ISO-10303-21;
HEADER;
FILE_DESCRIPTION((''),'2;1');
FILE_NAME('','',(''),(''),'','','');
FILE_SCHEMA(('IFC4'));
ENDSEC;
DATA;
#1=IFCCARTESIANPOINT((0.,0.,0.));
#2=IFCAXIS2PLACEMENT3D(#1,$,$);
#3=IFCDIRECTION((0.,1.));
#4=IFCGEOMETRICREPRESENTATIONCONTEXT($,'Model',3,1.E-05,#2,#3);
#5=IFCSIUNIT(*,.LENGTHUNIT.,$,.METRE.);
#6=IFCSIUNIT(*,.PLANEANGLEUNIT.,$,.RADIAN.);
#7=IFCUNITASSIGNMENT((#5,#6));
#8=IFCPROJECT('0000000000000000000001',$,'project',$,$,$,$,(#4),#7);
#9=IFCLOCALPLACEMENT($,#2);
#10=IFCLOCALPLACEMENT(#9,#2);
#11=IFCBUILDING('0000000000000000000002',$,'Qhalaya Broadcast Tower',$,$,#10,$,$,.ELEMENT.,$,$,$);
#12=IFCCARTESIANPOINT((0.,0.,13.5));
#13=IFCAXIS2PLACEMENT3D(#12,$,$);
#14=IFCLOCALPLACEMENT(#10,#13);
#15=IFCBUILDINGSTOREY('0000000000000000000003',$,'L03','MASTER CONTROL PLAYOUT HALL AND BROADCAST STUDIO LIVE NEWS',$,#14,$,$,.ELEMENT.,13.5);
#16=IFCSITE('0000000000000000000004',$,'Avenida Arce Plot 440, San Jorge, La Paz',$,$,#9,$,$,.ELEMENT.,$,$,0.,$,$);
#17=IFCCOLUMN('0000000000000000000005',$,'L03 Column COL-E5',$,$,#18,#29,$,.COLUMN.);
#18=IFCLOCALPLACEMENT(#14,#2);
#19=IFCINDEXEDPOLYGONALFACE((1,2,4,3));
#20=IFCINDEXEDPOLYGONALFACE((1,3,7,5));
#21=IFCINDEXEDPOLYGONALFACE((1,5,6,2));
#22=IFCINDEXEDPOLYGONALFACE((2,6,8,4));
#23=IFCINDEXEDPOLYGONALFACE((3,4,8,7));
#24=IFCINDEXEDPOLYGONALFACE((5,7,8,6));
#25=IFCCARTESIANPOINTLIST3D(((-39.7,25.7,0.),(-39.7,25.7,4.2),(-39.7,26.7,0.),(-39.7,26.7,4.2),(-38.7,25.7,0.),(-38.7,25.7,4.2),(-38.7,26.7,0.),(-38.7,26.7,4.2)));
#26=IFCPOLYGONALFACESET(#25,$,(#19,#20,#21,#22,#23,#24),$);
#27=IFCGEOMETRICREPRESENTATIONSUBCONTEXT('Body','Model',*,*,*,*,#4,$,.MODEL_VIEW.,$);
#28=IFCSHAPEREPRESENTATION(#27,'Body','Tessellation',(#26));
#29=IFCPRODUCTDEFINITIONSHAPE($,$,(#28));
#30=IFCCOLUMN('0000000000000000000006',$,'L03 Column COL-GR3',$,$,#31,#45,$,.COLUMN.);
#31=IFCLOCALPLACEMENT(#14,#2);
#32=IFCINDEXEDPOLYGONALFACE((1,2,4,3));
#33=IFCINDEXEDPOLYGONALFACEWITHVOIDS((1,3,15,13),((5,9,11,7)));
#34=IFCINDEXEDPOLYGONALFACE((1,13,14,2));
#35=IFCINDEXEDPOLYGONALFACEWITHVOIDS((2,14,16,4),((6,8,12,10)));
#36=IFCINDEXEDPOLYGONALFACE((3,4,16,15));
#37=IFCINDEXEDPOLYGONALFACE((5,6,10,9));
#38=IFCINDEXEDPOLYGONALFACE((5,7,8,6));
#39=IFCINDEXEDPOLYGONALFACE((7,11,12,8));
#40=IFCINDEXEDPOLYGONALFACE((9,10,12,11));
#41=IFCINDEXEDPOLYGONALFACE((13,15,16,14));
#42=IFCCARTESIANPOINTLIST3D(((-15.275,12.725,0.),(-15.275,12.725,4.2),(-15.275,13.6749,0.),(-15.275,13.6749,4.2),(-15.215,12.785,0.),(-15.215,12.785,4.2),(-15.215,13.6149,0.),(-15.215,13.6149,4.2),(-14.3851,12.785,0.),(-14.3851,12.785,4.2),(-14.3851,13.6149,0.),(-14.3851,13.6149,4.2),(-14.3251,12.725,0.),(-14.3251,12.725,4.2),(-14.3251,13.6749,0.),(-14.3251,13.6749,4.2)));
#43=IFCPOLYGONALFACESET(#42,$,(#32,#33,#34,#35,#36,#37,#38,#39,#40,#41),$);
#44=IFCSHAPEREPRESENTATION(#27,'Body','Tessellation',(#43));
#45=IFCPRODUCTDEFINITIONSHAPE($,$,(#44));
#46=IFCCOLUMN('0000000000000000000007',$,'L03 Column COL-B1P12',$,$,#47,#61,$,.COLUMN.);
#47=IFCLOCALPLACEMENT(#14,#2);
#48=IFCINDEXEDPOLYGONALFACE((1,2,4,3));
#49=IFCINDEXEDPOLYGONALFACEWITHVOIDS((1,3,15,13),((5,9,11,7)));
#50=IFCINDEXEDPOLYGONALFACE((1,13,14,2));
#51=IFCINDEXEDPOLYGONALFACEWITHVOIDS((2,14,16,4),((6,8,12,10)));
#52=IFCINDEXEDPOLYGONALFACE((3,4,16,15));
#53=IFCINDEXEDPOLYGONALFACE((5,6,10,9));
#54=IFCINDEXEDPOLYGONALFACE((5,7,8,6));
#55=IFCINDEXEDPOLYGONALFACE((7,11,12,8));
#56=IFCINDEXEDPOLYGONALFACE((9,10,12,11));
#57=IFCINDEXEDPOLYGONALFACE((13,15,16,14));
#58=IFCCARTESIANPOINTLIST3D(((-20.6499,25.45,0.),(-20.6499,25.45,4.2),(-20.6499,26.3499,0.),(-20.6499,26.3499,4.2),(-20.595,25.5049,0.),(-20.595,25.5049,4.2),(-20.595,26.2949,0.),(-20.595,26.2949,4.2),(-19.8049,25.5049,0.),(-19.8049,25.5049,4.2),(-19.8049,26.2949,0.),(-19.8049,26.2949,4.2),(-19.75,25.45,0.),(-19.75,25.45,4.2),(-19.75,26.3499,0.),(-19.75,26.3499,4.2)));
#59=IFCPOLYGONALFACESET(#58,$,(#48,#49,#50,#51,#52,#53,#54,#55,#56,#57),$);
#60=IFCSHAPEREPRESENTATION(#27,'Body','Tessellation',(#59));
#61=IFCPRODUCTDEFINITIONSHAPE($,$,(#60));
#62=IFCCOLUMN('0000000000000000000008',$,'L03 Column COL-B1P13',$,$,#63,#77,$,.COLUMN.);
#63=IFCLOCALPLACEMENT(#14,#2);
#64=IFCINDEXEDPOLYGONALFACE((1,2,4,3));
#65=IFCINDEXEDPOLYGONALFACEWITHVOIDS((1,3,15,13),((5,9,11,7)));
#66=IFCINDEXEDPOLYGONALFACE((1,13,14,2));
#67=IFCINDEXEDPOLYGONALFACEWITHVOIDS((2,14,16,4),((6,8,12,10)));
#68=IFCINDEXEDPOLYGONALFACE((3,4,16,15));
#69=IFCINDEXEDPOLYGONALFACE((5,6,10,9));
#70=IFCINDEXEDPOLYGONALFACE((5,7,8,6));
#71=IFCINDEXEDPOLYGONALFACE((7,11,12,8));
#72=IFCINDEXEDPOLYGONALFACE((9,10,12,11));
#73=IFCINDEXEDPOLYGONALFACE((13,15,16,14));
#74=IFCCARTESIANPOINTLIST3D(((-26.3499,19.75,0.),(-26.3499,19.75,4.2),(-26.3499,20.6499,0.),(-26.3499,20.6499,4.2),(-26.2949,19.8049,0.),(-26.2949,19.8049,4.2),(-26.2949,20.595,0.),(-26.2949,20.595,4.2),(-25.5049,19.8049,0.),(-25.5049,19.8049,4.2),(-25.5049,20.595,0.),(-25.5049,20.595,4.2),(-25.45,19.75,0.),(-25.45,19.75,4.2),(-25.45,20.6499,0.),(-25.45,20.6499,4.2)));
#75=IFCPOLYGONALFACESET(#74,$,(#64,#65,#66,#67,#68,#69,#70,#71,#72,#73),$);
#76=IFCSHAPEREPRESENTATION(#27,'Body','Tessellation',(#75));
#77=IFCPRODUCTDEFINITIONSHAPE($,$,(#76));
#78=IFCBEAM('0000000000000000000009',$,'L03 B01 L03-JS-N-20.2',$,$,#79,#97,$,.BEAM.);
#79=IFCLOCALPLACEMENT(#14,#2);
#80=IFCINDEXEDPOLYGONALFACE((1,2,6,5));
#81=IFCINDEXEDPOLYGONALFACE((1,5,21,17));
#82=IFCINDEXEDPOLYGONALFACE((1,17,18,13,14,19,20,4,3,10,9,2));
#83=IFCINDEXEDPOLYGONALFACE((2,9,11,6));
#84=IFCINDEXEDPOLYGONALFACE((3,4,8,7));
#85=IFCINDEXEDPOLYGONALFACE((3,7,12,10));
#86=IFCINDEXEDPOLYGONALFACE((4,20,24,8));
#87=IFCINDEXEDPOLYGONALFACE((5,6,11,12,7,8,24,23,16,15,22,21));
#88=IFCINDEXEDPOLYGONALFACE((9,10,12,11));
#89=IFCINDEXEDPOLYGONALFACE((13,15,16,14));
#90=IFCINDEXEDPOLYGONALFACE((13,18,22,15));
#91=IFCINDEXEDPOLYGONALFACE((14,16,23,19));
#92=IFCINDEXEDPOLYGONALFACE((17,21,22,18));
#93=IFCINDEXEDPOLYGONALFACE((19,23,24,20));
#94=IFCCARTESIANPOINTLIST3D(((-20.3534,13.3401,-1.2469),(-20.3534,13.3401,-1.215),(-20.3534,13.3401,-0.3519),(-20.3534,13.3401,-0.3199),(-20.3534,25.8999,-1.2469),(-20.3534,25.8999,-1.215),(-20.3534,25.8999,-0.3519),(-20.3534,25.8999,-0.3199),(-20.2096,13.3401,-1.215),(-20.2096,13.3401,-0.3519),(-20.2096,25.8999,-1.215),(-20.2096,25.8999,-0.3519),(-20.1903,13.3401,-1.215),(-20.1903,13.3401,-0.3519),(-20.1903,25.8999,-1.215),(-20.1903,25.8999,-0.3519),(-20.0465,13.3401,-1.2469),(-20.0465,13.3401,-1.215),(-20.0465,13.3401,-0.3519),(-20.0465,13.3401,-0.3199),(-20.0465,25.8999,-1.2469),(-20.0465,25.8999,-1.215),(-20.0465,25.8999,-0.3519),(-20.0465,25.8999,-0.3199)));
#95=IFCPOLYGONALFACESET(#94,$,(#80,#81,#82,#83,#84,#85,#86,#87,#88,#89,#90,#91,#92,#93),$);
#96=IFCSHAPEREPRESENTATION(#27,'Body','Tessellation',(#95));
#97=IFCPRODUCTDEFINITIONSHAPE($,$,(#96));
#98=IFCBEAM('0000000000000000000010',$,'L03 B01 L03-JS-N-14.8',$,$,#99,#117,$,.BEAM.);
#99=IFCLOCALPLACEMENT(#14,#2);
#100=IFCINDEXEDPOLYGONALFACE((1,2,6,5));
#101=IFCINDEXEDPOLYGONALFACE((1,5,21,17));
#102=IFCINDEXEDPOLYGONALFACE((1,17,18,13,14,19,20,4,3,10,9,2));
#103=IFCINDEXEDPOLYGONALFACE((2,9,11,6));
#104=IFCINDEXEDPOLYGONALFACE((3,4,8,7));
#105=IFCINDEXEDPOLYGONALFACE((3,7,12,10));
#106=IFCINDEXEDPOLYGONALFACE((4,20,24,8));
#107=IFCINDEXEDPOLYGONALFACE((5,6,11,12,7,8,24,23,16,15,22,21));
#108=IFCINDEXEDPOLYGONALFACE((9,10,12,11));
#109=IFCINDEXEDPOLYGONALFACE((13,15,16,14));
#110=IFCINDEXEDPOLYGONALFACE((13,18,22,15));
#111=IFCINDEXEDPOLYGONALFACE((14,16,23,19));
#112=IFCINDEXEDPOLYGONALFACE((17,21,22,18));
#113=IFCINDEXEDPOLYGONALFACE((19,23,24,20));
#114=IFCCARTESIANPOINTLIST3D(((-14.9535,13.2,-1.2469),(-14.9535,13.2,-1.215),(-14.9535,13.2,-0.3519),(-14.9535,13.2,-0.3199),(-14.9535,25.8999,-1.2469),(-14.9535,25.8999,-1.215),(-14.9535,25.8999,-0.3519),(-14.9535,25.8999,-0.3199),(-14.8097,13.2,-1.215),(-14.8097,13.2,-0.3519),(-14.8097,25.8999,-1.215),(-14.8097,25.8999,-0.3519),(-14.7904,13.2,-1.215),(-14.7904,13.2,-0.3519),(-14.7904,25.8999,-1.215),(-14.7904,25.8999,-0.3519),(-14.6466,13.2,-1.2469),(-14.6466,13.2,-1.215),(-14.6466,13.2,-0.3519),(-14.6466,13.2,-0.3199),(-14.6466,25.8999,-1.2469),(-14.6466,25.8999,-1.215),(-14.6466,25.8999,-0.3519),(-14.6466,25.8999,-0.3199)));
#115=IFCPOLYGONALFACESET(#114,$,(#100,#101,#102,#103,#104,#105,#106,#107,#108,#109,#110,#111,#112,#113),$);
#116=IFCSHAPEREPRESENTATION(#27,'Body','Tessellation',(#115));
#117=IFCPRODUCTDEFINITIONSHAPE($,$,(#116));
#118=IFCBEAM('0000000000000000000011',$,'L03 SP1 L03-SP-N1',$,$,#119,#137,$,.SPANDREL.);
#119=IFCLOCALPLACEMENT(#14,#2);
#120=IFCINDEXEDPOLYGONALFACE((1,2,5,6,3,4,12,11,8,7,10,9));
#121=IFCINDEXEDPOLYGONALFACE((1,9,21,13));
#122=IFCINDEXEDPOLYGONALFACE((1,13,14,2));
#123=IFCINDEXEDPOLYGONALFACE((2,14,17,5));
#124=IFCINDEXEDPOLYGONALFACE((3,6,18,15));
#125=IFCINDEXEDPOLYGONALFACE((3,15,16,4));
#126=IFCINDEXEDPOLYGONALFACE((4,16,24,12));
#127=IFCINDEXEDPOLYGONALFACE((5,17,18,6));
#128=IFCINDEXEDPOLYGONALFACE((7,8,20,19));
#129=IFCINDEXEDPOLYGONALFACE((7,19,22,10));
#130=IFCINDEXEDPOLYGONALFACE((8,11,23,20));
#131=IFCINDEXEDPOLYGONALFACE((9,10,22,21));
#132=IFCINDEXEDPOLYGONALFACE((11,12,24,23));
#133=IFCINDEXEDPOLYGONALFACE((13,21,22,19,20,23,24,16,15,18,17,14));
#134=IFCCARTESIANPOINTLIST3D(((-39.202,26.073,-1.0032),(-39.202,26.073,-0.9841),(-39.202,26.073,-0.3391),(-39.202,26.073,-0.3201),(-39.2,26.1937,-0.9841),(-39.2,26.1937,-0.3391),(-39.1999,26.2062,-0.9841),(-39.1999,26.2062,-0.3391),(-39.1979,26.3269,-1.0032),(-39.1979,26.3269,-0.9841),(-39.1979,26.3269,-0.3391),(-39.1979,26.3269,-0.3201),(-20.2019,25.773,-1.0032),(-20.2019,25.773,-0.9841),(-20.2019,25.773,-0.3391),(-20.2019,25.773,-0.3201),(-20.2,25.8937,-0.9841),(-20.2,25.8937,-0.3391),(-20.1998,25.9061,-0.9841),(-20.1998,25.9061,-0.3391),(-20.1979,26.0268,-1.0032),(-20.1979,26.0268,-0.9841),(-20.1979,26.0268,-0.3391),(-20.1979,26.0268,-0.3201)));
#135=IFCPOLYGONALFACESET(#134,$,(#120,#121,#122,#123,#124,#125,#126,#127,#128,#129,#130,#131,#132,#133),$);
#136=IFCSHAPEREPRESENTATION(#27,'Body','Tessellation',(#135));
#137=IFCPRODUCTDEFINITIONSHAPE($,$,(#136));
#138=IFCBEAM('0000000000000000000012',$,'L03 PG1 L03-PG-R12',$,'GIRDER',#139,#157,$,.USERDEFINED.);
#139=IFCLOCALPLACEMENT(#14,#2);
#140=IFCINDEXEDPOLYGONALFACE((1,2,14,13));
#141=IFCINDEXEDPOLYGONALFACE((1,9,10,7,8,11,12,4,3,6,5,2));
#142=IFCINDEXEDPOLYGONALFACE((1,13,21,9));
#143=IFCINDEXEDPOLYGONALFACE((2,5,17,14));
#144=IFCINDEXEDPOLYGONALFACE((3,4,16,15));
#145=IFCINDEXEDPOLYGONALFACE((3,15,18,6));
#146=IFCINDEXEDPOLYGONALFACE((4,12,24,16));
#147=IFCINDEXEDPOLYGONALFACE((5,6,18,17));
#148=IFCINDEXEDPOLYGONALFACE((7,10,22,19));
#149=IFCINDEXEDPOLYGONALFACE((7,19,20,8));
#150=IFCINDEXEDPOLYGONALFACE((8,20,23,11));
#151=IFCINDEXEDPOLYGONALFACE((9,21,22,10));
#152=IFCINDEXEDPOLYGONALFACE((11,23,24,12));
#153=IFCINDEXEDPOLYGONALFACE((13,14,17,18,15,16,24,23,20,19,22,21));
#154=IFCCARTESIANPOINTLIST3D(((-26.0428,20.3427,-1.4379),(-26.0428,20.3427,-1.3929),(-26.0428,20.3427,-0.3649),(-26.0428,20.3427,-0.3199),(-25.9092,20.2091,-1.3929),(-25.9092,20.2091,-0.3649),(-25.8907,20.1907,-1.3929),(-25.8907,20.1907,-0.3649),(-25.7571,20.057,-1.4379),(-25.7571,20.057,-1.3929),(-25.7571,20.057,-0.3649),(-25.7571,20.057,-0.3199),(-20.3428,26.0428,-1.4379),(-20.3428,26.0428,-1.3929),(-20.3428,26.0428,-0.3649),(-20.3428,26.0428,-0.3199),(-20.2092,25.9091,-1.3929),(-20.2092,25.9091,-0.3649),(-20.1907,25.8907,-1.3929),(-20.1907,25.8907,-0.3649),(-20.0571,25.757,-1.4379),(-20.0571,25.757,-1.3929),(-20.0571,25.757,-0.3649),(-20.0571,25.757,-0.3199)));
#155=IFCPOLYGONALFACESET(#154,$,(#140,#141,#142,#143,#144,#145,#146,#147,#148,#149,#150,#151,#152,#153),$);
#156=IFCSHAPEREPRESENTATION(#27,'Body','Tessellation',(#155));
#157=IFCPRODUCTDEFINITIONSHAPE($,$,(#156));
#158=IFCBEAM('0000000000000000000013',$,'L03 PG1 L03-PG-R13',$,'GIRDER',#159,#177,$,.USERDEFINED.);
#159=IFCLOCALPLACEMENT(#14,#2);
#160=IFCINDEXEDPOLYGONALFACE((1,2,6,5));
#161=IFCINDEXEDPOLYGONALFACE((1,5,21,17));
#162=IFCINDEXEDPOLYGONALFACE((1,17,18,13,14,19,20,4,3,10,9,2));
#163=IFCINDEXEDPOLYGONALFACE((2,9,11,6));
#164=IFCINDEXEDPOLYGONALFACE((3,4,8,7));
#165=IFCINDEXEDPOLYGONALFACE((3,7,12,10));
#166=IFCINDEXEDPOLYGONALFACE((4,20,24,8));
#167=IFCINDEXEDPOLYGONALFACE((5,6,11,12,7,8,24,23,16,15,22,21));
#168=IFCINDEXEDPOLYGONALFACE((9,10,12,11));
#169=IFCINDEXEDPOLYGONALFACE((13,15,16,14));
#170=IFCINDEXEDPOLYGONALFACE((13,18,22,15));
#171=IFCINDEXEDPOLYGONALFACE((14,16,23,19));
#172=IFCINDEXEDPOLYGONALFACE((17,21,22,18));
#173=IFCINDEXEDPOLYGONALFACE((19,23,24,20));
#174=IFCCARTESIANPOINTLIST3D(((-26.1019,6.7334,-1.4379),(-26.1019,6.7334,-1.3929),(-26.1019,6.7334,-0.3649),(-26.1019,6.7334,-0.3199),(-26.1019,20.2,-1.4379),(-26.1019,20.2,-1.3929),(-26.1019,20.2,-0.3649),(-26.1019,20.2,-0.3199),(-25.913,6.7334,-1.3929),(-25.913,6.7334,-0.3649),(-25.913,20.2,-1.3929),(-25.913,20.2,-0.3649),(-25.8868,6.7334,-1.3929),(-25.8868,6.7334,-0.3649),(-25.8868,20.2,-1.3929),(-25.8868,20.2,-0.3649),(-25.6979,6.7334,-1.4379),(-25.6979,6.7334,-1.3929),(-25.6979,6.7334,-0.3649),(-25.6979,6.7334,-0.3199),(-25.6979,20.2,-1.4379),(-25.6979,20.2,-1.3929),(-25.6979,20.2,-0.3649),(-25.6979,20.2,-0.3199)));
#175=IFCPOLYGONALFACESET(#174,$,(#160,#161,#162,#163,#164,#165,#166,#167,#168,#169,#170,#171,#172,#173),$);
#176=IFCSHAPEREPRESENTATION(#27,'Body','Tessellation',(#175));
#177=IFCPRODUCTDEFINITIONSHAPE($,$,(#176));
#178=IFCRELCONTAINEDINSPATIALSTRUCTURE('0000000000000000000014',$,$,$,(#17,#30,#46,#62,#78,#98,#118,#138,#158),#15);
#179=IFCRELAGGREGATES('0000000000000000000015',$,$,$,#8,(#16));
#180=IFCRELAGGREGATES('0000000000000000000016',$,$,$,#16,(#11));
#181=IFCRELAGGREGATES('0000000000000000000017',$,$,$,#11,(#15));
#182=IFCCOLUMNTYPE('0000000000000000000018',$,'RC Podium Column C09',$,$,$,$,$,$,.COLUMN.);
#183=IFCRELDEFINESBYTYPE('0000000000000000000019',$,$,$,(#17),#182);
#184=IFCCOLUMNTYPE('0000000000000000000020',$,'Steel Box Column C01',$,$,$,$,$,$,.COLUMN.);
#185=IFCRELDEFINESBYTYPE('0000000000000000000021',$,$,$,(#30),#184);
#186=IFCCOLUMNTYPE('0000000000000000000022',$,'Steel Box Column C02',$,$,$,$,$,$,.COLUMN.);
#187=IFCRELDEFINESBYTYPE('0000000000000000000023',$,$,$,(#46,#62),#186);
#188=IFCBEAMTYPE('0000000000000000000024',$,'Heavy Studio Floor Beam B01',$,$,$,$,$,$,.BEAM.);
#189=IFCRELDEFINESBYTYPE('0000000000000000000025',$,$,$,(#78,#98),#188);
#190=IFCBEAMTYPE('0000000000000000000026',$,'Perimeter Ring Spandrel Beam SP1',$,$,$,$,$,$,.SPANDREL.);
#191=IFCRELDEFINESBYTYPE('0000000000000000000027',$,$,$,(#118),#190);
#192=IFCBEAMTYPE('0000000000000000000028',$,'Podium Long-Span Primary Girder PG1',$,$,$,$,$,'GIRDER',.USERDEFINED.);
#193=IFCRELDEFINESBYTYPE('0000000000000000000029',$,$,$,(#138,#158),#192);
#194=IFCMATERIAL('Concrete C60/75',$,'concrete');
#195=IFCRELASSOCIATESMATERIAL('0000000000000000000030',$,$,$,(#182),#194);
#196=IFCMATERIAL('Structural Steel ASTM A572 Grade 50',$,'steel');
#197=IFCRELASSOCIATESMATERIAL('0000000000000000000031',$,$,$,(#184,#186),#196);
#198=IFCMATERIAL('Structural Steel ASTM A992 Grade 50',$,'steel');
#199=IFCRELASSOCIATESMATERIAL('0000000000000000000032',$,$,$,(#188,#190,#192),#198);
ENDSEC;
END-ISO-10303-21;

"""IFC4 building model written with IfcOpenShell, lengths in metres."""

from ifc_helpers import new_model, si_unit, direction, frame, origin, origin_2d, place, context, subcontext, project, spatial, rectangle, hollow_rectangle, i_section, extrude, material, material_profile, profile_set, type_object, element, save


model = new_model("IFC4")

# Units and contexts
model_context = context("Model", 3, precision=1e-05, world=origin(), true_north=direction((0.0, 1.0)))
body_context = subcontext(model_context, "Body", "Model", "MODEL_VIEW")
ifc_project = project(units=[si_unit("LENGTHUNIT", "METRE"), si_unit("PLANEANGLEUNIT", "RADIAN")], contexts=[model_context])

# Site, building, storey
site_placement = place(None, origin())
site = spatial("IfcSite", under=ifc_project, at=site_placement, Name="Avenida Arce Plot 440, San Jorge, La Paz", CompositionType="ELEMENT", RefElevation=0.0)
building_placement = place(site_placement, origin())
building = spatial("IfcBuilding", under=site, at=building_placement, Name="Qhalaya Broadcast Tower", CompositionType="ELEMENT")
storey_placement = place(building_placement, frame((0.0, 0.0, 13.5)))
storey = spatial("IfcBuildingStorey", under=building, at=storey_placement, Name="L03", Description="MASTER CONTROL PLAYOUT HALL AND BROADCAST STUDIO LIVE NEWS", CompositionType="ELEMENT", Elevation=13.5)

# Columns
ifc_material_1 = material(Name="Concrete C60/75", Category="concrete")
ifc_material_profile_1 = material_profile(ifc_material_1, rectangle(XDim=1.0, YDim=1.0, at=origin_2d()), Name="RC-COL 1000x1000")
ifc_profile_set_1 = profile_set([ifc_material_profile_1], Name="Concrete C60/75")
column_type_1 = type_object("IfcColumnType", Name="RC Podium Column C09", PredefinedType="COLUMN", material=ifc_profile_set_1)
column_1_placement = place(storey_placement, frame((-39.2, 26.2, 0.0), z_axis=(0.0, 0.0, 1.0), x_axis=(1.0, 0.0, 0.0)))
element("IfcColumn", 1, at=column_1_placement, inside=storey, type_object=column_type_1, Name="L03 Column COL-E5", PredefinedType="COLUMN", context=body_context, shape_type="SweptSolid", body=[
    extrude(rectangle(XDim=1.0, YDim=1.0, at=origin_2d()), origin(), (0.0, 0.0, 1.0), 4.2),
])
ifc_material_2 = material(Name="Structural Steel ASTM A572 Grade 50", Category="steel")
ifc_material_profile_2 = material_profile(ifc_material_2, hollow_rectangle(XDim=0.95, YDim=0.95, WallThickness=0.0601, at=origin_2d()), Name="BOX 950x950x60")
ifc_profile_set_2 = profile_set([ifc_material_profile_2], Name="Structural Steel ASTM A572 Grade 50")
column_type_2 = type_object("IfcColumnType", Name="Steel Box Column C01", PredefinedType="COLUMN", material=ifc_profile_set_2)
column_2_placement = place(storey_placement, frame((-14.8, 13.2, 0.0), z_axis=(0.0, 0.0, 1.0), x_axis=(1.0, 0.0, 0.0)))
element("IfcColumn", 2, at=column_2_placement, inside=storey, type_object=column_type_2, Name="L03 Column COL-GR3", PredefinedType="COLUMN", context=body_context, shape_type="SweptSolid", body=[
    extrude(hollow_rectangle(XDim=0.95, YDim=0.95, WallThickness=0.0601, at=origin_2d()), origin(), (0.0, 0.0, 1.0), 4.2),
])
ifc_material_profile_3 = material_profile(ifc_material_2, hollow_rectangle(XDim=0.8999, YDim=0.8999, WallThickness=0.0549, at=origin_2d()), Name="BOX 900x900x55")
ifc_profile_set_3 = profile_set([ifc_material_profile_3], Name="Structural Steel ASTM A572 Grade 50")
column_type_3 = type_object("IfcColumnType", Name="Steel Box Column C02", PredefinedType="COLUMN", material=ifc_profile_set_3)
for number, where, z_axis, x_axis, name in (
    (3, (-20.2, 25.8999, 0.0), (0.0, 0.0, 1.0), (1.0, 0.0, 0.0), "L03 Column COL-B1P12"),
    (4, (-25.8999, 20.2, 0.0), (0.0, 0.0, 1.0), (0.0, 1.0, 0.0), "L03 Column COL-B1P13"),
):
    element("IfcColumn", number, at=place(storey_placement, frame(where, z_axis=z_axis, x_axis=x_axis)), inside=storey, type_object=column_type_3, Name=name, PredefinedType="COLUMN", context=body_context, shape_type="SweptSolid", body=[
        extrude(hollow_rectangle(XDim=0.8999, YDim=0.8999, WallThickness=0.0549, at=origin_2d()), origin(), (0.0, 0.0, 1.0), 4.2),
    ])

# Beams
ifc_material_3 = material(Name="Structural Steel ASTM A992 Grade 50", Category="steel")
ifc_material_profile_4 = material_profile(ifc_material_3, i_section(OverallWidth=0.3069, OverallDepth=0.927, WebThickness=0.0193, FlangeThickness=0.032, at=origin_2d()), Name="W36X194")
ifc_profile_set_4 = profile_set([ifc_material_profile_4], Name="Structural Steel ASTM A992 Grade 50")
beam_type_1 = type_object("IfcBeamType", Name="Heavy Studio Floor Beam B01", PredefinedType="BEAM", material=ifc_profile_set_4)
beam_1_placement = place(storey_placement, frame((-20.2, 13.3401, -0.7834), z_axis=(0.0, 1.0, 0.0), x_axis=(-1.0, 0.0, 0.0)))
element("IfcBeam", 5, at=beam_1_placement, inside=storey, type_object=beam_type_1, Name="L03 B01 L03-JS-N-20.2", PredefinedType="BEAM", context=body_context, shape_type="SweptSolid", body=[
    extrude(i_section(OverallWidth=0.3069, OverallDepth=0.927, WebThickness=0.0193, FlangeThickness=0.032, at=origin_2d()), origin(), (0.0, 0.0, 1.0), 12.5598),
])
beam_2_placement = place(storey_placement, frame((-14.8, 13.2, -0.7834), z_axis=(0.0, 1.0, 0.0), x_axis=(-1.0, 0.0, 0.0)))
element("IfcBeam", 6, at=beam_2_placement, inside=storey, type_object=beam_type_1, Name="L03 B01 L03-JS-N-14.8", PredefinedType="BEAM", context=body_context, shape_type="SweptSolid", body=[
    extrude(i_section(OverallWidth=0.3069, OverallDepth=0.927, WebThickness=0.0193, FlangeThickness=0.032, at=origin_2d()), origin(), (0.0, 0.0, 1.0), 12.7),
])
ifc_material_profile_5 = material_profile(ifc_material_3, i_section(OverallWidth=0.2539, OverallDepth=0.6831, WebThickness=0.0125, FlangeThickness=0.019, at=origin_2d()), Name="W27X94")
ifc_profile_set_5 = profile_set([ifc_material_profile_5], Name="Structural Steel ASTM A992 Grade 50")
beam_type_2 = type_object("IfcBeamType", Name="Perimeter Ring Spandrel Beam SP1", PredefinedType="SPANDREL", material=ifc_profile_set_5)
beam_3_placement = place(storey_placement, frame((-39.2, 26.2, -0.6616), z_axis=(0.999875, -0.01579, 0.0), x_axis=(0.01579, 0.999875, 0.0)))
element("IfcBeam", 7, at=beam_3_placement, inside=storey, type_object=beam_type_2, Name="L03 SP1 L03-SP-N1", PredefinedType="SPANDREL", context=body_context, shape_type="SweptSolid", body=[
    extrude(i_section(OverallWidth=0.2539, OverallDepth=0.6831, WebThickness=0.0125, FlangeThickness=0.019, at=origin_2d()), origin(), (0.0, 0.0, 1.0), 19.0024),
])
ifc_material_profile_6 = material_profile(ifc_material_3, i_section(OverallWidth=0.4041, OverallDepth=1.1179, WebThickness=0.0261, FlangeThickness=0.0449, at=origin_2d()), Name="W44X335")
ifc_profile_set_6 = profile_set([ifc_material_profile_6], Name="Structural Steel ASTM A992 Grade 50")
beam_type_3 = type_object("IfcBeamType", Name="Podium Long-Span Primary Girder PG1", ElementType="GIRDER", PredefinedType="USERDEFINED", material=ifc_profile_set_6)
beam_4_placement = place(storey_placement, frame((-20.2, 25.8999, -0.8789), z_axis=(-0.707107, -0.707107, 0.0), x_axis=(0.707107, -0.707107, 0.0)))
element("IfcBeam", 8, at=beam_4_placement, inside=storey, type_object=beam_type_3, Name="L03 PG1 L03-PG-R12", ObjectType="GIRDER", PredefinedType="USERDEFINED", context=body_context, shape_type="SweptSolid", body=[
    extrude(i_section(OverallWidth=0.4041, OverallDepth=1.1179, WebThickness=0.0261, FlangeThickness=0.0449, at=origin_2d()), origin(), (0.0, 0.0, 1.0), 8.061),
])
beam_5_placement = place(storey_placement, frame((-25.8999, 20.2, -0.8789), z_axis=(0.0, -1.0, 0.0), x_axis=(1.0, 0.0, 0.0)))
element("IfcBeam", 9, at=beam_5_placement, inside=storey, type_object=beam_type_3, Name="L03 PG1 L03-PG-R13", ObjectType="GIRDER", PredefinedType="USERDEFINED", context=body_context, shape_type="SweptSolid", body=[
    extrude(i_section(OverallWidth=0.4041, OverallDepth=1.1179, WebThickness=0.0261, FlangeThickness=0.0449, at=origin_2d()), origin(), (0.0, 0.0, 1.0), 13.4666),
])

save(model, "model.ifc")
